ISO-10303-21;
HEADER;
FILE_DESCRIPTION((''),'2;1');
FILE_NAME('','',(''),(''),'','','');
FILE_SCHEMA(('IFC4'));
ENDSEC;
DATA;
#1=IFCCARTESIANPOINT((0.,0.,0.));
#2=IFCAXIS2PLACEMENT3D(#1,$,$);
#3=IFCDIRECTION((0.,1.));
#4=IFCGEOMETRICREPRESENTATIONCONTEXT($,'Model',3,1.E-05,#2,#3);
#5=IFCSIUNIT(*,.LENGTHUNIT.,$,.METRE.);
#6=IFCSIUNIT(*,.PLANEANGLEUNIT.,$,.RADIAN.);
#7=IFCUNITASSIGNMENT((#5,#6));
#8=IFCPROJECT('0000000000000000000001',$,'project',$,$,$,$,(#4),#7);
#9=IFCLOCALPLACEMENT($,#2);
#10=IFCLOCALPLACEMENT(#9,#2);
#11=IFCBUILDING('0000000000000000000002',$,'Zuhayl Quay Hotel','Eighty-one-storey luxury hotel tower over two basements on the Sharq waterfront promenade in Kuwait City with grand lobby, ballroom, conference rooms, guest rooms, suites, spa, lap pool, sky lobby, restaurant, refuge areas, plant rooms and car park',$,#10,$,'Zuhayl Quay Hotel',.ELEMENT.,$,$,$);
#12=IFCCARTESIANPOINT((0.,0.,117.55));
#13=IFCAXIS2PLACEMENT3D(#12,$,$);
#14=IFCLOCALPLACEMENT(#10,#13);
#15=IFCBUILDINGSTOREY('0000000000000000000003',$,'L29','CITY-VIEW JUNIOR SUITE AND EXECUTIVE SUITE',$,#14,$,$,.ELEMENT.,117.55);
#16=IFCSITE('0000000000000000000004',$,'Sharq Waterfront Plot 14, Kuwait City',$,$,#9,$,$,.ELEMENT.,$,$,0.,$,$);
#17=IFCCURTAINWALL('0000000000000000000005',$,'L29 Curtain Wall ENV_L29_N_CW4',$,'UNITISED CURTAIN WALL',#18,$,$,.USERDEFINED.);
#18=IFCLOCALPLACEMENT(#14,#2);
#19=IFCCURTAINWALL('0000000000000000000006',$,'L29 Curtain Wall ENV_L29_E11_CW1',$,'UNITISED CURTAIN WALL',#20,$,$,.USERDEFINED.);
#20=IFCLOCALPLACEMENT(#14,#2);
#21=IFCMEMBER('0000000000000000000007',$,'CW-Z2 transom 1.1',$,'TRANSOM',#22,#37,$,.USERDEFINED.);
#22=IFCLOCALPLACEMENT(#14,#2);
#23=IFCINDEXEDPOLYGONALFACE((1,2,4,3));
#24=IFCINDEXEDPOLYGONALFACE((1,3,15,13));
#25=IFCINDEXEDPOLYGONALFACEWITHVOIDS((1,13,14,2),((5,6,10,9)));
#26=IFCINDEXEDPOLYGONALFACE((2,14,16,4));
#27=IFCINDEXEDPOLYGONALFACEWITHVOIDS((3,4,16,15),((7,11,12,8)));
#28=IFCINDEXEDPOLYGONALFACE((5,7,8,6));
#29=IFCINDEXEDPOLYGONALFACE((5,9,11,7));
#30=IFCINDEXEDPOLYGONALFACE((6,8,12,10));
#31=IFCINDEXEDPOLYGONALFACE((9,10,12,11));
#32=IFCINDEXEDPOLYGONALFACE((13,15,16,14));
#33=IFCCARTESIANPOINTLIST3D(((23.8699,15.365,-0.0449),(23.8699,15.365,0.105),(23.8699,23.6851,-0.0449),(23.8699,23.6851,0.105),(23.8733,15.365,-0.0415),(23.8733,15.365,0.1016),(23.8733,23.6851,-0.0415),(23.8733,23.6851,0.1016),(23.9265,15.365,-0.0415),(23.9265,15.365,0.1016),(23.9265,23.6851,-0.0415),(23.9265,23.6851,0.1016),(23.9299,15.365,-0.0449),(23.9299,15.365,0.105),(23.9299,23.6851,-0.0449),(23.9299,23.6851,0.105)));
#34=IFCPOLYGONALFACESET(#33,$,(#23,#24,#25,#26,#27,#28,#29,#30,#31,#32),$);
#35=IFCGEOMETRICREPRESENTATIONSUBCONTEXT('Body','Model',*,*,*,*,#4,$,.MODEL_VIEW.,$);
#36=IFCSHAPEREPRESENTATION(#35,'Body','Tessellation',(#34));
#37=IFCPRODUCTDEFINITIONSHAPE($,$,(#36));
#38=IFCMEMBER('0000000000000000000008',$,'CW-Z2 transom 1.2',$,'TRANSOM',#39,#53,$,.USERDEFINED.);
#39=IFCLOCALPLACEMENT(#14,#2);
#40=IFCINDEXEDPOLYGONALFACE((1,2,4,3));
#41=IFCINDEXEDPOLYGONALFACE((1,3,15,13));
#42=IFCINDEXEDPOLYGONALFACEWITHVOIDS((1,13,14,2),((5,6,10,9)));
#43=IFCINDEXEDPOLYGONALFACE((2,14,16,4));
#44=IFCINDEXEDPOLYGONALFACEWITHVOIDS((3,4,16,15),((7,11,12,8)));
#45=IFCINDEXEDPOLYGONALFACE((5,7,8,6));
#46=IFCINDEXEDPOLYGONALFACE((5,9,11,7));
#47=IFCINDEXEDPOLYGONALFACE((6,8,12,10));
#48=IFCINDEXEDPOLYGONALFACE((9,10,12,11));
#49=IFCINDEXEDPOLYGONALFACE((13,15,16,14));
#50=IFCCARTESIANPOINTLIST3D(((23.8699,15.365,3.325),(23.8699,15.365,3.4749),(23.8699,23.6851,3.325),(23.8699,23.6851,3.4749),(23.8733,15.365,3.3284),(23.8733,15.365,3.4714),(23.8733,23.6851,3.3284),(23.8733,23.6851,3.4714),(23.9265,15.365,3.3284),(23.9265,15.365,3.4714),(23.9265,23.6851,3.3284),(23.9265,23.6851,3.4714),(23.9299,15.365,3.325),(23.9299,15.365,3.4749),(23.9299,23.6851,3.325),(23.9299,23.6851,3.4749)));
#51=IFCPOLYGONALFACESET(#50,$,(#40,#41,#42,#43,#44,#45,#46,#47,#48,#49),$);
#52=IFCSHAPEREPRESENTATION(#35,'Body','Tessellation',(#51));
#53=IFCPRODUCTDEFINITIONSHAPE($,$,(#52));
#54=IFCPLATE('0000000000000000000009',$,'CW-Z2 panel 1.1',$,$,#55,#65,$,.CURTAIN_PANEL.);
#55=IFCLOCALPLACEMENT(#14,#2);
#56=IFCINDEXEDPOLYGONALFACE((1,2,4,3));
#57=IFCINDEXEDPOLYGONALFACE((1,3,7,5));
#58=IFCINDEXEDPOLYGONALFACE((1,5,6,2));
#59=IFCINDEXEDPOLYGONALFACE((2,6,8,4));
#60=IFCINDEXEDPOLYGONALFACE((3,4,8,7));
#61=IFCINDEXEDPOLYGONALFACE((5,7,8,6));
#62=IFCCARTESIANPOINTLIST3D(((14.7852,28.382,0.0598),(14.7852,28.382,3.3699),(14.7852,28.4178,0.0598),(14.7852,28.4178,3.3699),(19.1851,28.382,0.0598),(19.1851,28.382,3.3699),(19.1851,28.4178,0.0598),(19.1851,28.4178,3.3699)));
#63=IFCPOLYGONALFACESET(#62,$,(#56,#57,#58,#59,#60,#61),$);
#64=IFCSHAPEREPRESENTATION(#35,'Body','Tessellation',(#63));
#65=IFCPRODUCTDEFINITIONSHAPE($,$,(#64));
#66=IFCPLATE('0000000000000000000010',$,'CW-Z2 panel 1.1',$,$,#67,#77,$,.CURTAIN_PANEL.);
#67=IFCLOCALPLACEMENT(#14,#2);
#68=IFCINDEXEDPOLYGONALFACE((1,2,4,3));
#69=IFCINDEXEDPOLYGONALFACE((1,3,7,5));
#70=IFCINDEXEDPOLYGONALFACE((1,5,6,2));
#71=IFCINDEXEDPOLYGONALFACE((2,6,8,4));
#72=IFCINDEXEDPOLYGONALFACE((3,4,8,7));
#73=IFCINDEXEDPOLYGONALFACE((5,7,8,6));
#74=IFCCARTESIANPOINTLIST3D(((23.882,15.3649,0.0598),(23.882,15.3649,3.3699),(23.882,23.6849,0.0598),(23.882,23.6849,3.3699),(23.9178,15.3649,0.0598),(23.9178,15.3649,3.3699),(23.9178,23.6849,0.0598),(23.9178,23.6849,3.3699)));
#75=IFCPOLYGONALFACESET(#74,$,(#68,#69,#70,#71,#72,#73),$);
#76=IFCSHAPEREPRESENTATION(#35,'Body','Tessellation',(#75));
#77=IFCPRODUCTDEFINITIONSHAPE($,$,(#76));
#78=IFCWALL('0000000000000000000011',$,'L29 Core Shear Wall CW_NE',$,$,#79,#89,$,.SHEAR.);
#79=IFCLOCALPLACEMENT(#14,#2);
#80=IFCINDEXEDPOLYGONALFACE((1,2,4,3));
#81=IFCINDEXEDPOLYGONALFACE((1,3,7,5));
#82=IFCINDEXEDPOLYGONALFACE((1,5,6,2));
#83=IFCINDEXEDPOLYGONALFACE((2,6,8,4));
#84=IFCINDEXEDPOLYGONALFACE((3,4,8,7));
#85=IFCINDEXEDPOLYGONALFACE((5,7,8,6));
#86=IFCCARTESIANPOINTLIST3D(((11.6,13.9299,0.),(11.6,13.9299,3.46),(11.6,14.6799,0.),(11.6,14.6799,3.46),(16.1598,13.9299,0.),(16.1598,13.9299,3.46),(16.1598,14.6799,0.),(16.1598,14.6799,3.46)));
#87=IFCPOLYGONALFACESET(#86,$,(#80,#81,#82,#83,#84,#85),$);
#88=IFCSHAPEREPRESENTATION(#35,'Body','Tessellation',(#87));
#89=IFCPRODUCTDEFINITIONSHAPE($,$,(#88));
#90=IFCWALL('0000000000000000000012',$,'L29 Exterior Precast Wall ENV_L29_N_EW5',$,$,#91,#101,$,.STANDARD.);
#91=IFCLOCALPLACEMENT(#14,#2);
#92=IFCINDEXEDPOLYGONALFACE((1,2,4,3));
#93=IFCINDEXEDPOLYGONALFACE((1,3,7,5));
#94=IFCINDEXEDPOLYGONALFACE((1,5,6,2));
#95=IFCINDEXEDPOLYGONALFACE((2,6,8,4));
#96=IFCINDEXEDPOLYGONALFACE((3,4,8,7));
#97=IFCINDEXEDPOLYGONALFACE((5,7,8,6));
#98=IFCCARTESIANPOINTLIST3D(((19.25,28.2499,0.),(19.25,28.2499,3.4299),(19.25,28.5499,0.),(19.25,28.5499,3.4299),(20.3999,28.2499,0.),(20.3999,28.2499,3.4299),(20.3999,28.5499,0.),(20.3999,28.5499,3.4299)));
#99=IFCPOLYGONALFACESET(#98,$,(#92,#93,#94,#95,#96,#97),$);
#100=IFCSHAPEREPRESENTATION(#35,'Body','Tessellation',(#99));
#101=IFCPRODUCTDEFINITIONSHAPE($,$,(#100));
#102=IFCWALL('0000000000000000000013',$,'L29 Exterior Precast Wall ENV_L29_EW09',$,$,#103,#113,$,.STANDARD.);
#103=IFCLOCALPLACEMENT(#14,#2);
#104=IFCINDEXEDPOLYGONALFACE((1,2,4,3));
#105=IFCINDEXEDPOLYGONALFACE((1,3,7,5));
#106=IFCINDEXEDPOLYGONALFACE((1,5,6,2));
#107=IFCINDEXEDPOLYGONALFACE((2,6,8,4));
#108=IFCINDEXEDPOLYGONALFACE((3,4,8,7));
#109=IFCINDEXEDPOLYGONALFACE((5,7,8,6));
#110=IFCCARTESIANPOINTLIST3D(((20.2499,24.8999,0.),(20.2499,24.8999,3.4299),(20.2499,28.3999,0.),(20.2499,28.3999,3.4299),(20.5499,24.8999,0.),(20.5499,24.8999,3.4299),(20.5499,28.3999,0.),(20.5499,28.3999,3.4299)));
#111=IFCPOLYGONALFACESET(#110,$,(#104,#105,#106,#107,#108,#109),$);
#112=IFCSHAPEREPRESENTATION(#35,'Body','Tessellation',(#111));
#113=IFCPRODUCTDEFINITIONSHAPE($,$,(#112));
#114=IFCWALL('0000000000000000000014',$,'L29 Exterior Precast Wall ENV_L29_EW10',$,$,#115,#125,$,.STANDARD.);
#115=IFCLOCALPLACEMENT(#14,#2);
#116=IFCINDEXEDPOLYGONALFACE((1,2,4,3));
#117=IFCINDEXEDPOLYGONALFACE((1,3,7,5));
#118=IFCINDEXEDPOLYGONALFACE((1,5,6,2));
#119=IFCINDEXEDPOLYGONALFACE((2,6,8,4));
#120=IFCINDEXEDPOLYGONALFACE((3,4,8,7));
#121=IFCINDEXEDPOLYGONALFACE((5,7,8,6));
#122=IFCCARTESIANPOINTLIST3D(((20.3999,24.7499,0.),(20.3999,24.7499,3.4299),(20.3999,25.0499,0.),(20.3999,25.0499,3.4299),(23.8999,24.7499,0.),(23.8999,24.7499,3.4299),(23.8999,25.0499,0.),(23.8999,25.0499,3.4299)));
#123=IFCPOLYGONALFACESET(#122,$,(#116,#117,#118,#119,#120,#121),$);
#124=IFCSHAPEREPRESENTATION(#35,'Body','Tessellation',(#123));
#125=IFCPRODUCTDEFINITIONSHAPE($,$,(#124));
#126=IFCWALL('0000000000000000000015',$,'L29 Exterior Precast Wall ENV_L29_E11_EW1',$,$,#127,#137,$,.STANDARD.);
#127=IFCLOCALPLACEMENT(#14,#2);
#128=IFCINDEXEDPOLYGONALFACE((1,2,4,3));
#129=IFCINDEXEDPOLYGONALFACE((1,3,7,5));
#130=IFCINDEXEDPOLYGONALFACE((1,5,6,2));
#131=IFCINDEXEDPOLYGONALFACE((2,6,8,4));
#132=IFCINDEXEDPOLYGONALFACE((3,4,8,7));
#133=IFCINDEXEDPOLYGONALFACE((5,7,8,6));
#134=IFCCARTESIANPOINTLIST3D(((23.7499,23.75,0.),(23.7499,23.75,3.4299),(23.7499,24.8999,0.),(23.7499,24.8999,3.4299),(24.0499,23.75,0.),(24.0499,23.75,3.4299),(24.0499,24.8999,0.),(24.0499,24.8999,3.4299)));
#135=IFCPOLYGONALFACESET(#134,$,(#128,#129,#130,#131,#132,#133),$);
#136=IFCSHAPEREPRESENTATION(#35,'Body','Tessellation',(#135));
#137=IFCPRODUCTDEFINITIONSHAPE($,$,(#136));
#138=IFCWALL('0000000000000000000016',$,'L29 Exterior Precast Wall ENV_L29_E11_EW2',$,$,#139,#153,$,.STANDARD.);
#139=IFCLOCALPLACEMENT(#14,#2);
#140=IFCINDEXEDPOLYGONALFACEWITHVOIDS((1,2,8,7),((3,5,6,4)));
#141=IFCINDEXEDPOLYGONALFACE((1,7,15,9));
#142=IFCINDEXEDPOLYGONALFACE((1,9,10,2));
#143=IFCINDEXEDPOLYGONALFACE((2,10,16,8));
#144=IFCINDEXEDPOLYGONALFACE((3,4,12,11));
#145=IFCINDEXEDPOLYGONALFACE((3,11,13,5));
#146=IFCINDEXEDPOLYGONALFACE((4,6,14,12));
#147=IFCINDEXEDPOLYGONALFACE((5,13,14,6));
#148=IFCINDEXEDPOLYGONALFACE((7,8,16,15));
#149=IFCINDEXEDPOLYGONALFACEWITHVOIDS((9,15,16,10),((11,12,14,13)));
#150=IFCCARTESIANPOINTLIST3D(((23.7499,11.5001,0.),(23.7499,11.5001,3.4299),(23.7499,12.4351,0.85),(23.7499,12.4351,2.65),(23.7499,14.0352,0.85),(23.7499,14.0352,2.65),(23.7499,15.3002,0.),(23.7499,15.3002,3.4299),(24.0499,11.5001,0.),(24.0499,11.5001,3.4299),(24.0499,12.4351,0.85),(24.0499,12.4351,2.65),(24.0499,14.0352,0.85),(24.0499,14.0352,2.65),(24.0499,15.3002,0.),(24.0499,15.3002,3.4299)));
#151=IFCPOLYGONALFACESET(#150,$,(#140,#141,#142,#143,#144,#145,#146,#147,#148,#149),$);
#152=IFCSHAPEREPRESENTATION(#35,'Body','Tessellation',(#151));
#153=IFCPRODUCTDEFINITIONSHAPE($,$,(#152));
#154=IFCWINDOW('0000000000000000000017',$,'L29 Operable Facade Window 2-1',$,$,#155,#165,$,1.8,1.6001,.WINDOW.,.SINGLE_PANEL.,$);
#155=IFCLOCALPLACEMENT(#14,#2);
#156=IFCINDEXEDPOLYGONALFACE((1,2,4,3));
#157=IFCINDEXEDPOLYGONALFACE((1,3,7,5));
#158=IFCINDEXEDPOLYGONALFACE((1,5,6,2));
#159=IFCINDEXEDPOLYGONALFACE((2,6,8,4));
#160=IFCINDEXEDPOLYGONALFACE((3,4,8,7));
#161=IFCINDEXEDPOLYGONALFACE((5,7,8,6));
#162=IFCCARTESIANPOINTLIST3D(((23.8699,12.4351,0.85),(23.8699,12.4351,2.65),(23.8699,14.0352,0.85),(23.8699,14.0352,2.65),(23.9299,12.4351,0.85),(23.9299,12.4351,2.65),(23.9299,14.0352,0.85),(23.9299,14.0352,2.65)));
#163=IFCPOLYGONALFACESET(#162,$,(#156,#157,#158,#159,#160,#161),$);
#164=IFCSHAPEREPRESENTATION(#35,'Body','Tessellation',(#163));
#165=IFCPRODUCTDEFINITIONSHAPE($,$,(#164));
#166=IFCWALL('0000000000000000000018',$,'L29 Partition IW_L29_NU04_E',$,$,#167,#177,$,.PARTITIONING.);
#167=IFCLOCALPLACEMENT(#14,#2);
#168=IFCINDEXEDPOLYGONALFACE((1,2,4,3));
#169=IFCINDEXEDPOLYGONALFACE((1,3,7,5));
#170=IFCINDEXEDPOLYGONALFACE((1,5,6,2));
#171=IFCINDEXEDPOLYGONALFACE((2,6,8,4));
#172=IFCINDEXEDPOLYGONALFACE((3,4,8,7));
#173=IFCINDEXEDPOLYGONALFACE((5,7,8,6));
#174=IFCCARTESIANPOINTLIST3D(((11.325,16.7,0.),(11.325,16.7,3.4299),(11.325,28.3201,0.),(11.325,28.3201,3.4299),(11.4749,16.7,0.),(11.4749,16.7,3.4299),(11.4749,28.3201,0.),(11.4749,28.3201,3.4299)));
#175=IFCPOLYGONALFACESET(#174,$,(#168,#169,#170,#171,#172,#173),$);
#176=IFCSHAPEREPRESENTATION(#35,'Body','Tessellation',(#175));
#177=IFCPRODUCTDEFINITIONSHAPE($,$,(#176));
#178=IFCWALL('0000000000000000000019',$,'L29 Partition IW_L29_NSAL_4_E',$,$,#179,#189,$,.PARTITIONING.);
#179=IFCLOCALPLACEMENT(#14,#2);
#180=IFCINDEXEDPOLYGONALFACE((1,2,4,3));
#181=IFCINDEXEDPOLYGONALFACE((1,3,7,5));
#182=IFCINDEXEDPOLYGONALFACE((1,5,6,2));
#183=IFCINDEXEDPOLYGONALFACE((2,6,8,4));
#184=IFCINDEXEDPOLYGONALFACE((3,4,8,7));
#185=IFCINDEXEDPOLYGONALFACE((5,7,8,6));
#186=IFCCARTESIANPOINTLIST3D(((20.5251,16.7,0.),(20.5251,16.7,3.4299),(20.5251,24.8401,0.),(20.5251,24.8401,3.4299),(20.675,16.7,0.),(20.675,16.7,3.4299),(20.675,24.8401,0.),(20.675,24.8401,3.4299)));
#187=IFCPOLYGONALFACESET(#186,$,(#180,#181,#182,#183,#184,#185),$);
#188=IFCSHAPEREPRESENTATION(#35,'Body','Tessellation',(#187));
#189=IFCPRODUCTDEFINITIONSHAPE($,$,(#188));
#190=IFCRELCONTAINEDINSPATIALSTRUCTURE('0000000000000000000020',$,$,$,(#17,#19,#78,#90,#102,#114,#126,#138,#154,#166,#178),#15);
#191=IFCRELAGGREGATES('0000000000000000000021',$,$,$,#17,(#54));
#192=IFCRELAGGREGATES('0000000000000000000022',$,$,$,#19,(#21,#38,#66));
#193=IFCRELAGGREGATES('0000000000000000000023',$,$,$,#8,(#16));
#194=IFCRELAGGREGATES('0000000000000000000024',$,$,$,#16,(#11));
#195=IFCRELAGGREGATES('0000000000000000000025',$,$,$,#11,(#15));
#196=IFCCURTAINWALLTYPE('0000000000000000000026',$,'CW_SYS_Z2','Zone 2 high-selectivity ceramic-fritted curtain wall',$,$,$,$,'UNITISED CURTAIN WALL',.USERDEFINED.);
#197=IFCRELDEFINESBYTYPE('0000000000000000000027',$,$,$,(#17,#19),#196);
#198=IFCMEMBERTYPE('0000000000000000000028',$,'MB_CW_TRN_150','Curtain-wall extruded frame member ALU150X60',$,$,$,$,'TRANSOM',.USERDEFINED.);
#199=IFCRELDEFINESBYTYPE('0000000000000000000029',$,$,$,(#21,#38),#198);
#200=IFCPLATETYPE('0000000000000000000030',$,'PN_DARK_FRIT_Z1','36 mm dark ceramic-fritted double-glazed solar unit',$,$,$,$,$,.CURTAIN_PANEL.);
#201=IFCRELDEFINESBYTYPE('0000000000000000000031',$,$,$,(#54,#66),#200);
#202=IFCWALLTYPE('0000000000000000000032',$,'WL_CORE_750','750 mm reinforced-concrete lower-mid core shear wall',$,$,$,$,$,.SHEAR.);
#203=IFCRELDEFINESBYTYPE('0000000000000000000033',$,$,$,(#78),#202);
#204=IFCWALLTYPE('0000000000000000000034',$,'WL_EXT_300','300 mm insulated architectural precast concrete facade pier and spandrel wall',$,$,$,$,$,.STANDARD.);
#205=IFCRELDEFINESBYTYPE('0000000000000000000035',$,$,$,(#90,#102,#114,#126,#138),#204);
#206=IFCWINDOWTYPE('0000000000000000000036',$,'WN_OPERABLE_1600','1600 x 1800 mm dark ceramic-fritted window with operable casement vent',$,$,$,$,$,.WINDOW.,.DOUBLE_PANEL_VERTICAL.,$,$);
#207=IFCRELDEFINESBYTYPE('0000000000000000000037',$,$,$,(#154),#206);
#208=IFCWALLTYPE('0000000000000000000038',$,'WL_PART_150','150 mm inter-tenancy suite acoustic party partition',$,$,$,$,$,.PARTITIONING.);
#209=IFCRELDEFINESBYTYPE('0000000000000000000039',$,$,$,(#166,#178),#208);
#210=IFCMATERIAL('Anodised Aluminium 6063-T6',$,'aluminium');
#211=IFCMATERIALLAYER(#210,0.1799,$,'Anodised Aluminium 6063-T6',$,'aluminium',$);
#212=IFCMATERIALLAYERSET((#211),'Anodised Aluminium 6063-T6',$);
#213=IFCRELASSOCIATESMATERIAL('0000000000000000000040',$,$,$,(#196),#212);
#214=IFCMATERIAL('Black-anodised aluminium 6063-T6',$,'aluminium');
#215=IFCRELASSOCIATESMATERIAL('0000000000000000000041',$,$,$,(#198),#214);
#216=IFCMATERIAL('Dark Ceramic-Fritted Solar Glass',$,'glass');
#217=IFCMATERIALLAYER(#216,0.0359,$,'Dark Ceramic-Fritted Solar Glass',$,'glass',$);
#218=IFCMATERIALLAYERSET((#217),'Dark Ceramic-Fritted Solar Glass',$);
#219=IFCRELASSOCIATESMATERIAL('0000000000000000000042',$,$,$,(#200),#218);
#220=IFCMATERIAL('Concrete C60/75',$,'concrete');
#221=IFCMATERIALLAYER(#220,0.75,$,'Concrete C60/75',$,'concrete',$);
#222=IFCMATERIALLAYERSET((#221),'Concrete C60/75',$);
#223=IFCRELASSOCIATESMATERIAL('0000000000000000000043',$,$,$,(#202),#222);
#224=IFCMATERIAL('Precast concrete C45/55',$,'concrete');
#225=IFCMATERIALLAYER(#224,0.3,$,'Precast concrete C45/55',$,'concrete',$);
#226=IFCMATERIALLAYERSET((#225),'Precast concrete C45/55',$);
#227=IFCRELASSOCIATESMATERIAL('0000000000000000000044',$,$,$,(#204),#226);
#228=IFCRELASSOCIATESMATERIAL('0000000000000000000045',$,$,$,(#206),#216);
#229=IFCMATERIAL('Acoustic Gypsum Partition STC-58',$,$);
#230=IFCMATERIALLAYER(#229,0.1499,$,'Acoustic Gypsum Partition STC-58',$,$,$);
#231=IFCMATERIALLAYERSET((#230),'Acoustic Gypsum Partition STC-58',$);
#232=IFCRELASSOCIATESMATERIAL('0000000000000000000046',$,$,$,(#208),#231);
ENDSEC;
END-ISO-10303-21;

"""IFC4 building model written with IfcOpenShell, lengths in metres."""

from ifc_helpers import new_model, si_unit, direction, frame, frame_2d, origin, origin_2d, place, context, subcontext, project, spatial, rectangle, hollow_rectangle, extrude, material, layer, layer_set, material_profile, profile_set, type_object, element, fill, aggregate, save


model = new_model("IFC4")

# Units and contexts
model_context = context("Model", 3, precision=1e-05, world=origin(), true_north=direction((0.0, 1.0)))
body_context = subcontext(model_context, "Body", "Model", "MODEL_VIEW")
ifc_project = project(units=[si_unit("LENGTHUNIT", "METRE"), si_unit("PLANEANGLEUNIT", "RADIAN")], contexts=[model_context])

# Site, building, storey
site_placement = place(None, origin())
site = spatial("IfcSite", under=ifc_project, at=site_placement, Name="Sharq Waterfront Plot 14, Kuwait City", CompositionType="ELEMENT", RefElevation=0.0)
building_placement = place(site_placement, origin())
building = spatial("IfcBuilding", under=site, at=building_placement, Name="Zuhayl Quay Hotel", Description="Eighty-one-storey luxury hotel tower over two basements on the Sharq waterfront promenade in Kuwait City with grand lobby, ballroom, conference rooms, guest rooms, suites, spa, lap pool, sky lobby, restaurant, refuge areas, plant rooms and car park", LongName="Zuhayl Quay Hotel", CompositionType="ELEMENT")
storey_placement = place(building_placement, frame((0.0, 0.0, 117.55)))
storey = spatial("IfcBuildingStorey", under=building, at=storey_placement, Name="L29", Description="CITY-VIEW JUNIOR SUITE AND EXECUTIVE SUITE", CompositionType="ELEMENT", Elevation=117.55)

# Curtain walls
ifc_material_1 = material(Name="Anodised Aluminium 6063-T6", Category="aluminium")
ifc_layer_1 = layer(ifc_material_1, 0.1799, Name="Anodised Aluminium 6063-T6", Category="aluminium")
ifc_layer_set_1 = layer_set([ifc_layer_1], Name="Anodised Aluminium 6063-T6")
curtain_wall_type = type_object("IfcCurtainWallType", Name="CW_SYS_Z2", Description="Zone 2 high-selectivity ceramic-fritted curtain wall", ElementType="UNITISED CURTAIN WALL", PredefinedType="USERDEFINED", material=ifc_layer_set_1)
curtain_wall_1_placement = place(storey_placement, origin())
curtain_wall_1 = element("IfcCurtainWall", 1, at=curtain_wall_1_placement, inside=storey, type_object=curtain_wall_type, Name="L29 Curtain Wall ENV_L29_N_CW4", ObjectType="UNITISED CURTAIN WALL", PredefinedType="USERDEFINED")
ifc_material_2 = material(Name="Black-anodised aluminium 6063-T6", Category="aluminium")
curtain_wall_2_placement = place(storey_placement, origin())
curtain_wall_2 = element("IfcCurtainWall", 2, at=curtain_wall_2_placement, inside=storey, type_object=curtain_wall_type, Name="L29 Curtain Wall ENV_L29_E11_CW1", ObjectType="UNITISED CURTAIN WALL", PredefinedType="USERDEFINED")

# Members
ifc_material_profile_1 = material_profile(ifc_material_2, hollow_rectangle(XDim=0.0601, YDim=0.1499, WallThickness=0.0034, at=origin_2d()), Name="ALU150X60")
ifc_profile_set_1 = profile_set([ifc_material_profile_1], Name="Black-anodised aluminium 6063-T6")
member_type_1 = type_object("IfcMemberType", Name="MB_CW_TRN_150", Description="Curtain-wall extruded frame member ALU150X60", ElementType="TRANSOM", PredefinedType="USERDEFINED", material=ifc_profile_set_1)
member_1_placement = place(storey_placement, frame((23.8999, 23.6851, 0.03), z_axis=(0.0, -1.0, 0.0), x_axis=(1.0, 0.0, 0.0)))
member_1 = element("IfcMember", 3, at=member_1_placement, type_object=member_type_1, Name="CW-Z2 transom 1.1", ObjectType="TRANSOM", PredefinedType="USERDEFINED", context=body_context, shape_type="SweptSolid", body=[
    extrude(hollow_rectangle(XDim=0.0601, YDim=0.1499, WallThickness=0.0034, at=origin_2d()), origin(), (0.0, 0.0, 1.0), 8.3201),
])
member_2_placement = place(storey_placement, frame((23.8999, 23.6851, 3.3999), z_axis=(0.0, -1.0, 0.0), x_axis=(1.0, 0.0, 0.0)))
member_2 = element("IfcMember", 4, at=member_2_placement, type_object=member_type_1, Name="CW-Z2 transom 1.2", ObjectType="TRANSOM", PredefinedType="USERDEFINED", context=body_context, shape_type="SweptSolid", body=[
    extrude(hollow_rectangle(XDim=0.0601, YDim=0.1499, WallThickness=0.0034, at=origin_2d()), origin(), (0.0, 0.0, 1.0), 8.3201),
])

# Plates
ifc_material_3 = material(Name="Dark Ceramic-Fritted Solar Glass", Category="glass")
ifc_layer_2 = layer(ifc_material_3, 0.0359, Name="Dark Ceramic-Fritted Solar Glass", Category="glass")
ifc_layer_set_2 = layer_set([ifc_layer_2], Name="Dark Ceramic-Fritted Solar Glass")
plate_type = type_object("IfcPlateType", Name="PN_DARK_FRIT_Z1", Description="36 mm dark ceramic-fritted double-glazed solar unit", PredefinedType="CURTAIN_PANEL", material=ifc_layer_set_2)
plate_1_placement = place(storey_placement, frame((16.9851, 28.3999, 0.0598), z_axis=(0.0, 0.0, 1.0), x_axis=(1.0, 0.0, 0.0)))
plate_1 = element("IfcPlate", 5, at=plate_1_placement, type_object=plate_type, Name="CW-Z2 panel 1.1", PredefinedType="CURTAIN_PANEL", context=body_context, shape_type="SweptSolid", body=[
    extrude(rectangle(XDim=4.3999, YDim=0.0359, at=origin_2d()), origin(), (0.0, 0.0, 1.0), 3.3101),
])
aggregate(curtain_wall_1, [plate_1])
plate_2_placement = place(storey_placement, frame((23.8999, 19.5249, 0.0598), z_axis=(0.0, 0.0, 1.0), x_axis=(0.0, -1.0, 0.0)))
plate_2 = element("IfcPlate", 6, at=plate_2_placement, type_object=plate_type, Name="CW-Z2 panel 1.1", PredefinedType="CURTAIN_PANEL", context=body_context, shape_type="SweptSolid", body=[
    extrude(rectangle(XDim=8.3201, YDim=0.0359, at=origin_2d()), origin(), (0.0, 0.0, 1.0), 3.3101),
])
aggregate(curtain_wall_2, [member_1, member_2, plate_2])

# Walls
ifc_material_4 = material(Name="Concrete C60/75", Category="concrete")
ifc_layer_3 = layer(ifc_material_4, 0.75, Name="Concrete C60/75", Category="concrete")
ifc_layer_set_3 = layer_set([ifc_layer_3], Name="Concrete C60/75")
wall_type_1 = type_object("IfcWallType", Name="WL_CORE_750", Description="750 mm reinforced-concrete lower-mid core shear wall", PredefinedType="SHEAR", material=ifc_layer_set_3)
wall_1_placement = place(storey_placement, frame((11.6001, 14.3049, 0.0), z_axis=(0.0, 0.0, 1.0), x_axis=(1.0, 0.0, 0.0)))
element("IfcWall", 7, at=wall_1_placement, inside=storey, type_object=wall_type_1, Name="L29 Core Shear Wall CW_NE", PredefinedType="SHEAR", context=body_context, shape_type="SweptSolid", body=[
    extrude(rectangle(XDim=4.5598, YDim=0.75, at=frame_2d((2.2798, 0.0))), origin(), (0.0, 0.0, 1.0), 3.46),
])
ifc_material_5 = material(Name="Precast concrete C45/55", Category="concrete")
ifc_layer_4 = layer(ifc_material_5, 0.3, Name="Precast concrete C45/55", Category="concrete")
ifc_layer_set_4 = layer_set([ifc_layer_4], Name="Precast concrete C45/55")
wall_type_2 = type_object("IfcWallType", Name="WL_EXT_300", Description="300 mm insulated architectural precast concrete facade pier and spandrel wall", PredefinedType="STANDARD", material=ifc_layer_set_4)
wall_2_placement = place(storey_placement, frame((19.25, 28.3999, 0.0), z_axis=(0.0, 0.0, 1.0), x_axis=(1.0, 0.0, 0.0)))
element("IfcWall", 8, at=wall_2_placement, inside=storey, type_object=wall_type_2, Name="L29 Exterior Precast Wall ENV_L29_N_EW5", PredefinedType="STANDARD", context=body_context, shape_type="SweptSolid", body=[
    extrude(rectangle(XDim=1.1499, YDim=0.3, at=frame_2d((0.575, 0.0))), origin(), (0.0, 0.0, 1.0), 3.4299),
])
for number, where, z_axis, x_axis, name in (
    (9, (20.3999, 28.3999, 0.0), (0.0, 0.0, 1.0), (0.0, -1.0, 0.0), "L29 Exterior Precast Wall ENV_L29_EW09"),
    (10, (20.3999, 24.8999, 0.0), (0.0, 0.0, 1.0), (1.0, 0.0, 0.0), "L29 Exterior Precast Wall ENV_L29_EW10"),
):
    element("IfcWall", number, at=place(storey_placement, frame(where, z_axis=z_axis, x_axis=x_axis)), inside=storey, type_object=wall_type_2, Name=name, PredefinedType="STANDARD", context=body_context, shape_type="SweptSolid", body=[
        extrude(rectangle(XDim=3.5, YDim=0.3, at=frame_2d((1.75, 0.0))), origin(), (0.0, 0.0, 1.0), 3.4299),
    ])
wall_3_placement = place(storey_placement, frame((23.8999, 24.8999, 0.0), z_axis=(0.0, 0.0, 1.0), x_axis=(0.0, -1.0, 0.0)))
element("IfcWall", 11, at=wall_3_placement, inside=storey, type_object=wall_type_2, Name="L29 Exterior Precast Wall ENV_L29_E11_EW1", PredefinedType="STANDARD", context=body_context, shape_type="SweptSolid", body=[
    extrude(rectangle(XDim=1.1499, YDim=0.3, at=frame_2d((0.575, 0.0))), origin(), (0.0, 0.0, 1.0), 3.4299),
])

# Wall, opening, window
wall_4_placement = place(storey_placement, frame((23.8999, 15.3, 0.0), z_axis=(0.0, 0.0, 1.0), x_axis=(0.0, -1.0, 0.0)))
wall_4 = element("IfcWall", 12, at=wall_4_placement, inside=storey, type_object=wall_type_2, Name="L29 Exterior Precast Wall ENV_L29_E11_EW2", PredefinedType="STANDARD", context=body_context, shape_type="SweptSolid", body=[
    extrude(rectangle(XDim=3.8, YDim=0.3, at=frame_2d((1.8999, 0.0))), origin(), (0.0, 0.0, 1.0), 3.4299),
])
opening_placement = place(wall_4_placement, frame((1.2649, 0.0, 0.8501)))
opening = element("IfcOpeningElement", 13, at=opening_placement, cuts=wall_4, PredefinedType="OPENING", context=body_context, shape_type="SweptSolid", body=[
    extrude(rectangle(XDim=1.6001, YDim=1.8, at=frame_2d((0.8, 0.8999))), frame((0.0, 0.1599, 0.0), z_axis=(0.0, -1.0, 0.0), x_axis=(1.0, 0.0, 0.0)), (0.0, 0.0, 1.0), 0.3201),
])
window_type = type_object("IfcWindowType", Name="WN_OPERABLE_1600", Description="1600 x 1800 mm dark ceramic-fritted window with operable casement vent", PartitioningType="DOUBLE_PANEL_VERTICAL", PredefinedType="WINDOW", material=ifc_material_3)
window_placement = place(opening_placement, origin())
window = element("IfcWindow", 14, at=window_placement, inside=storey, type_object=window_type, Name="L29 Operable Facade Window 2-1", OverallHeight=1.8, OverallWidth=1.6001, PartitioningType="SINGLE_PANEL", PredefinedType="WINDOW", context=body_context, shape_type="SweptSolid", body=[
    extrude(rectangle(XDim=1.6001, YDim=1.8, at=frame_2d((0.8, 0.8999))), frame((0.0, 0.03, 0.0), z_axis=(0.0, -1.0, 0.0), x_axis=(1.0, 0.0, 0.0)), (0.0, 0.0, 1.0), 0.0601),
])
fill(opening, window)

# Walls
ifc_material_6 = material(Name="Acoustic Gypsum Partition STC-58")
ifc_layer_5 = layer(ifc_material_6, 0.1499, Name="Acoustic Gypsum Partition STC-58")
ifc_layer_set_5 = layer_set([ifc_layer_5], Name="Acoustic Gypsum Partition STC-58")
wall_type_3 = type_object("IfcWallType", Name="WL_PART_150", Description="150 mm inter-tenancy suite acoustic party partition", PredefinedType="PARTITIONING", material=ifc_layer_set_5)
wall_5_placement = place(storey_placement, frame((11.3999, 16.7, 0.0), z_axis=(0.0, 0.0, 1.0), x_axis=(0.0, 1.0, 0.0)))
element("IfcWall", 15, at=wall_5_placement, inside=storey, type_object=wall_type_3, Name="L29 Partition IW_L29_NU04_E", PredefinedType="PARTITIONING", context=body_context, shape_type="SweptSolid", body=[
    extrude(rectangle(XDim=11.6201, YDim=0.1499, at=frame_2d((5.8101, 0.0))), origin(), (0.0, 0.0, 1.0), 3.4299),
])
wall_6_placement = place(storey_placement, frame((20.6001, 16.7, 0.0), z_axis=(0.0, 0.0, 1.0), x_axis=(0.0, 1.0, 0.0)))
element("IfcWall", 16, at=wall_6_placement, inside=storey, type_object=wall_type_3, Name="L29 Partition IW_L29_NSAL_4_E", PredefinedType="PARTITIONING", context=body_context, shape_type="SweptSolid", body=[
    extrude(rectangle(XDim=8.1401, YDim=0.1499, at=frame_2d((4.0701, 0.0))), origin(), (0.0, 0.0, 1.0), 3.4299),
])

save(model, "model.ifc")
